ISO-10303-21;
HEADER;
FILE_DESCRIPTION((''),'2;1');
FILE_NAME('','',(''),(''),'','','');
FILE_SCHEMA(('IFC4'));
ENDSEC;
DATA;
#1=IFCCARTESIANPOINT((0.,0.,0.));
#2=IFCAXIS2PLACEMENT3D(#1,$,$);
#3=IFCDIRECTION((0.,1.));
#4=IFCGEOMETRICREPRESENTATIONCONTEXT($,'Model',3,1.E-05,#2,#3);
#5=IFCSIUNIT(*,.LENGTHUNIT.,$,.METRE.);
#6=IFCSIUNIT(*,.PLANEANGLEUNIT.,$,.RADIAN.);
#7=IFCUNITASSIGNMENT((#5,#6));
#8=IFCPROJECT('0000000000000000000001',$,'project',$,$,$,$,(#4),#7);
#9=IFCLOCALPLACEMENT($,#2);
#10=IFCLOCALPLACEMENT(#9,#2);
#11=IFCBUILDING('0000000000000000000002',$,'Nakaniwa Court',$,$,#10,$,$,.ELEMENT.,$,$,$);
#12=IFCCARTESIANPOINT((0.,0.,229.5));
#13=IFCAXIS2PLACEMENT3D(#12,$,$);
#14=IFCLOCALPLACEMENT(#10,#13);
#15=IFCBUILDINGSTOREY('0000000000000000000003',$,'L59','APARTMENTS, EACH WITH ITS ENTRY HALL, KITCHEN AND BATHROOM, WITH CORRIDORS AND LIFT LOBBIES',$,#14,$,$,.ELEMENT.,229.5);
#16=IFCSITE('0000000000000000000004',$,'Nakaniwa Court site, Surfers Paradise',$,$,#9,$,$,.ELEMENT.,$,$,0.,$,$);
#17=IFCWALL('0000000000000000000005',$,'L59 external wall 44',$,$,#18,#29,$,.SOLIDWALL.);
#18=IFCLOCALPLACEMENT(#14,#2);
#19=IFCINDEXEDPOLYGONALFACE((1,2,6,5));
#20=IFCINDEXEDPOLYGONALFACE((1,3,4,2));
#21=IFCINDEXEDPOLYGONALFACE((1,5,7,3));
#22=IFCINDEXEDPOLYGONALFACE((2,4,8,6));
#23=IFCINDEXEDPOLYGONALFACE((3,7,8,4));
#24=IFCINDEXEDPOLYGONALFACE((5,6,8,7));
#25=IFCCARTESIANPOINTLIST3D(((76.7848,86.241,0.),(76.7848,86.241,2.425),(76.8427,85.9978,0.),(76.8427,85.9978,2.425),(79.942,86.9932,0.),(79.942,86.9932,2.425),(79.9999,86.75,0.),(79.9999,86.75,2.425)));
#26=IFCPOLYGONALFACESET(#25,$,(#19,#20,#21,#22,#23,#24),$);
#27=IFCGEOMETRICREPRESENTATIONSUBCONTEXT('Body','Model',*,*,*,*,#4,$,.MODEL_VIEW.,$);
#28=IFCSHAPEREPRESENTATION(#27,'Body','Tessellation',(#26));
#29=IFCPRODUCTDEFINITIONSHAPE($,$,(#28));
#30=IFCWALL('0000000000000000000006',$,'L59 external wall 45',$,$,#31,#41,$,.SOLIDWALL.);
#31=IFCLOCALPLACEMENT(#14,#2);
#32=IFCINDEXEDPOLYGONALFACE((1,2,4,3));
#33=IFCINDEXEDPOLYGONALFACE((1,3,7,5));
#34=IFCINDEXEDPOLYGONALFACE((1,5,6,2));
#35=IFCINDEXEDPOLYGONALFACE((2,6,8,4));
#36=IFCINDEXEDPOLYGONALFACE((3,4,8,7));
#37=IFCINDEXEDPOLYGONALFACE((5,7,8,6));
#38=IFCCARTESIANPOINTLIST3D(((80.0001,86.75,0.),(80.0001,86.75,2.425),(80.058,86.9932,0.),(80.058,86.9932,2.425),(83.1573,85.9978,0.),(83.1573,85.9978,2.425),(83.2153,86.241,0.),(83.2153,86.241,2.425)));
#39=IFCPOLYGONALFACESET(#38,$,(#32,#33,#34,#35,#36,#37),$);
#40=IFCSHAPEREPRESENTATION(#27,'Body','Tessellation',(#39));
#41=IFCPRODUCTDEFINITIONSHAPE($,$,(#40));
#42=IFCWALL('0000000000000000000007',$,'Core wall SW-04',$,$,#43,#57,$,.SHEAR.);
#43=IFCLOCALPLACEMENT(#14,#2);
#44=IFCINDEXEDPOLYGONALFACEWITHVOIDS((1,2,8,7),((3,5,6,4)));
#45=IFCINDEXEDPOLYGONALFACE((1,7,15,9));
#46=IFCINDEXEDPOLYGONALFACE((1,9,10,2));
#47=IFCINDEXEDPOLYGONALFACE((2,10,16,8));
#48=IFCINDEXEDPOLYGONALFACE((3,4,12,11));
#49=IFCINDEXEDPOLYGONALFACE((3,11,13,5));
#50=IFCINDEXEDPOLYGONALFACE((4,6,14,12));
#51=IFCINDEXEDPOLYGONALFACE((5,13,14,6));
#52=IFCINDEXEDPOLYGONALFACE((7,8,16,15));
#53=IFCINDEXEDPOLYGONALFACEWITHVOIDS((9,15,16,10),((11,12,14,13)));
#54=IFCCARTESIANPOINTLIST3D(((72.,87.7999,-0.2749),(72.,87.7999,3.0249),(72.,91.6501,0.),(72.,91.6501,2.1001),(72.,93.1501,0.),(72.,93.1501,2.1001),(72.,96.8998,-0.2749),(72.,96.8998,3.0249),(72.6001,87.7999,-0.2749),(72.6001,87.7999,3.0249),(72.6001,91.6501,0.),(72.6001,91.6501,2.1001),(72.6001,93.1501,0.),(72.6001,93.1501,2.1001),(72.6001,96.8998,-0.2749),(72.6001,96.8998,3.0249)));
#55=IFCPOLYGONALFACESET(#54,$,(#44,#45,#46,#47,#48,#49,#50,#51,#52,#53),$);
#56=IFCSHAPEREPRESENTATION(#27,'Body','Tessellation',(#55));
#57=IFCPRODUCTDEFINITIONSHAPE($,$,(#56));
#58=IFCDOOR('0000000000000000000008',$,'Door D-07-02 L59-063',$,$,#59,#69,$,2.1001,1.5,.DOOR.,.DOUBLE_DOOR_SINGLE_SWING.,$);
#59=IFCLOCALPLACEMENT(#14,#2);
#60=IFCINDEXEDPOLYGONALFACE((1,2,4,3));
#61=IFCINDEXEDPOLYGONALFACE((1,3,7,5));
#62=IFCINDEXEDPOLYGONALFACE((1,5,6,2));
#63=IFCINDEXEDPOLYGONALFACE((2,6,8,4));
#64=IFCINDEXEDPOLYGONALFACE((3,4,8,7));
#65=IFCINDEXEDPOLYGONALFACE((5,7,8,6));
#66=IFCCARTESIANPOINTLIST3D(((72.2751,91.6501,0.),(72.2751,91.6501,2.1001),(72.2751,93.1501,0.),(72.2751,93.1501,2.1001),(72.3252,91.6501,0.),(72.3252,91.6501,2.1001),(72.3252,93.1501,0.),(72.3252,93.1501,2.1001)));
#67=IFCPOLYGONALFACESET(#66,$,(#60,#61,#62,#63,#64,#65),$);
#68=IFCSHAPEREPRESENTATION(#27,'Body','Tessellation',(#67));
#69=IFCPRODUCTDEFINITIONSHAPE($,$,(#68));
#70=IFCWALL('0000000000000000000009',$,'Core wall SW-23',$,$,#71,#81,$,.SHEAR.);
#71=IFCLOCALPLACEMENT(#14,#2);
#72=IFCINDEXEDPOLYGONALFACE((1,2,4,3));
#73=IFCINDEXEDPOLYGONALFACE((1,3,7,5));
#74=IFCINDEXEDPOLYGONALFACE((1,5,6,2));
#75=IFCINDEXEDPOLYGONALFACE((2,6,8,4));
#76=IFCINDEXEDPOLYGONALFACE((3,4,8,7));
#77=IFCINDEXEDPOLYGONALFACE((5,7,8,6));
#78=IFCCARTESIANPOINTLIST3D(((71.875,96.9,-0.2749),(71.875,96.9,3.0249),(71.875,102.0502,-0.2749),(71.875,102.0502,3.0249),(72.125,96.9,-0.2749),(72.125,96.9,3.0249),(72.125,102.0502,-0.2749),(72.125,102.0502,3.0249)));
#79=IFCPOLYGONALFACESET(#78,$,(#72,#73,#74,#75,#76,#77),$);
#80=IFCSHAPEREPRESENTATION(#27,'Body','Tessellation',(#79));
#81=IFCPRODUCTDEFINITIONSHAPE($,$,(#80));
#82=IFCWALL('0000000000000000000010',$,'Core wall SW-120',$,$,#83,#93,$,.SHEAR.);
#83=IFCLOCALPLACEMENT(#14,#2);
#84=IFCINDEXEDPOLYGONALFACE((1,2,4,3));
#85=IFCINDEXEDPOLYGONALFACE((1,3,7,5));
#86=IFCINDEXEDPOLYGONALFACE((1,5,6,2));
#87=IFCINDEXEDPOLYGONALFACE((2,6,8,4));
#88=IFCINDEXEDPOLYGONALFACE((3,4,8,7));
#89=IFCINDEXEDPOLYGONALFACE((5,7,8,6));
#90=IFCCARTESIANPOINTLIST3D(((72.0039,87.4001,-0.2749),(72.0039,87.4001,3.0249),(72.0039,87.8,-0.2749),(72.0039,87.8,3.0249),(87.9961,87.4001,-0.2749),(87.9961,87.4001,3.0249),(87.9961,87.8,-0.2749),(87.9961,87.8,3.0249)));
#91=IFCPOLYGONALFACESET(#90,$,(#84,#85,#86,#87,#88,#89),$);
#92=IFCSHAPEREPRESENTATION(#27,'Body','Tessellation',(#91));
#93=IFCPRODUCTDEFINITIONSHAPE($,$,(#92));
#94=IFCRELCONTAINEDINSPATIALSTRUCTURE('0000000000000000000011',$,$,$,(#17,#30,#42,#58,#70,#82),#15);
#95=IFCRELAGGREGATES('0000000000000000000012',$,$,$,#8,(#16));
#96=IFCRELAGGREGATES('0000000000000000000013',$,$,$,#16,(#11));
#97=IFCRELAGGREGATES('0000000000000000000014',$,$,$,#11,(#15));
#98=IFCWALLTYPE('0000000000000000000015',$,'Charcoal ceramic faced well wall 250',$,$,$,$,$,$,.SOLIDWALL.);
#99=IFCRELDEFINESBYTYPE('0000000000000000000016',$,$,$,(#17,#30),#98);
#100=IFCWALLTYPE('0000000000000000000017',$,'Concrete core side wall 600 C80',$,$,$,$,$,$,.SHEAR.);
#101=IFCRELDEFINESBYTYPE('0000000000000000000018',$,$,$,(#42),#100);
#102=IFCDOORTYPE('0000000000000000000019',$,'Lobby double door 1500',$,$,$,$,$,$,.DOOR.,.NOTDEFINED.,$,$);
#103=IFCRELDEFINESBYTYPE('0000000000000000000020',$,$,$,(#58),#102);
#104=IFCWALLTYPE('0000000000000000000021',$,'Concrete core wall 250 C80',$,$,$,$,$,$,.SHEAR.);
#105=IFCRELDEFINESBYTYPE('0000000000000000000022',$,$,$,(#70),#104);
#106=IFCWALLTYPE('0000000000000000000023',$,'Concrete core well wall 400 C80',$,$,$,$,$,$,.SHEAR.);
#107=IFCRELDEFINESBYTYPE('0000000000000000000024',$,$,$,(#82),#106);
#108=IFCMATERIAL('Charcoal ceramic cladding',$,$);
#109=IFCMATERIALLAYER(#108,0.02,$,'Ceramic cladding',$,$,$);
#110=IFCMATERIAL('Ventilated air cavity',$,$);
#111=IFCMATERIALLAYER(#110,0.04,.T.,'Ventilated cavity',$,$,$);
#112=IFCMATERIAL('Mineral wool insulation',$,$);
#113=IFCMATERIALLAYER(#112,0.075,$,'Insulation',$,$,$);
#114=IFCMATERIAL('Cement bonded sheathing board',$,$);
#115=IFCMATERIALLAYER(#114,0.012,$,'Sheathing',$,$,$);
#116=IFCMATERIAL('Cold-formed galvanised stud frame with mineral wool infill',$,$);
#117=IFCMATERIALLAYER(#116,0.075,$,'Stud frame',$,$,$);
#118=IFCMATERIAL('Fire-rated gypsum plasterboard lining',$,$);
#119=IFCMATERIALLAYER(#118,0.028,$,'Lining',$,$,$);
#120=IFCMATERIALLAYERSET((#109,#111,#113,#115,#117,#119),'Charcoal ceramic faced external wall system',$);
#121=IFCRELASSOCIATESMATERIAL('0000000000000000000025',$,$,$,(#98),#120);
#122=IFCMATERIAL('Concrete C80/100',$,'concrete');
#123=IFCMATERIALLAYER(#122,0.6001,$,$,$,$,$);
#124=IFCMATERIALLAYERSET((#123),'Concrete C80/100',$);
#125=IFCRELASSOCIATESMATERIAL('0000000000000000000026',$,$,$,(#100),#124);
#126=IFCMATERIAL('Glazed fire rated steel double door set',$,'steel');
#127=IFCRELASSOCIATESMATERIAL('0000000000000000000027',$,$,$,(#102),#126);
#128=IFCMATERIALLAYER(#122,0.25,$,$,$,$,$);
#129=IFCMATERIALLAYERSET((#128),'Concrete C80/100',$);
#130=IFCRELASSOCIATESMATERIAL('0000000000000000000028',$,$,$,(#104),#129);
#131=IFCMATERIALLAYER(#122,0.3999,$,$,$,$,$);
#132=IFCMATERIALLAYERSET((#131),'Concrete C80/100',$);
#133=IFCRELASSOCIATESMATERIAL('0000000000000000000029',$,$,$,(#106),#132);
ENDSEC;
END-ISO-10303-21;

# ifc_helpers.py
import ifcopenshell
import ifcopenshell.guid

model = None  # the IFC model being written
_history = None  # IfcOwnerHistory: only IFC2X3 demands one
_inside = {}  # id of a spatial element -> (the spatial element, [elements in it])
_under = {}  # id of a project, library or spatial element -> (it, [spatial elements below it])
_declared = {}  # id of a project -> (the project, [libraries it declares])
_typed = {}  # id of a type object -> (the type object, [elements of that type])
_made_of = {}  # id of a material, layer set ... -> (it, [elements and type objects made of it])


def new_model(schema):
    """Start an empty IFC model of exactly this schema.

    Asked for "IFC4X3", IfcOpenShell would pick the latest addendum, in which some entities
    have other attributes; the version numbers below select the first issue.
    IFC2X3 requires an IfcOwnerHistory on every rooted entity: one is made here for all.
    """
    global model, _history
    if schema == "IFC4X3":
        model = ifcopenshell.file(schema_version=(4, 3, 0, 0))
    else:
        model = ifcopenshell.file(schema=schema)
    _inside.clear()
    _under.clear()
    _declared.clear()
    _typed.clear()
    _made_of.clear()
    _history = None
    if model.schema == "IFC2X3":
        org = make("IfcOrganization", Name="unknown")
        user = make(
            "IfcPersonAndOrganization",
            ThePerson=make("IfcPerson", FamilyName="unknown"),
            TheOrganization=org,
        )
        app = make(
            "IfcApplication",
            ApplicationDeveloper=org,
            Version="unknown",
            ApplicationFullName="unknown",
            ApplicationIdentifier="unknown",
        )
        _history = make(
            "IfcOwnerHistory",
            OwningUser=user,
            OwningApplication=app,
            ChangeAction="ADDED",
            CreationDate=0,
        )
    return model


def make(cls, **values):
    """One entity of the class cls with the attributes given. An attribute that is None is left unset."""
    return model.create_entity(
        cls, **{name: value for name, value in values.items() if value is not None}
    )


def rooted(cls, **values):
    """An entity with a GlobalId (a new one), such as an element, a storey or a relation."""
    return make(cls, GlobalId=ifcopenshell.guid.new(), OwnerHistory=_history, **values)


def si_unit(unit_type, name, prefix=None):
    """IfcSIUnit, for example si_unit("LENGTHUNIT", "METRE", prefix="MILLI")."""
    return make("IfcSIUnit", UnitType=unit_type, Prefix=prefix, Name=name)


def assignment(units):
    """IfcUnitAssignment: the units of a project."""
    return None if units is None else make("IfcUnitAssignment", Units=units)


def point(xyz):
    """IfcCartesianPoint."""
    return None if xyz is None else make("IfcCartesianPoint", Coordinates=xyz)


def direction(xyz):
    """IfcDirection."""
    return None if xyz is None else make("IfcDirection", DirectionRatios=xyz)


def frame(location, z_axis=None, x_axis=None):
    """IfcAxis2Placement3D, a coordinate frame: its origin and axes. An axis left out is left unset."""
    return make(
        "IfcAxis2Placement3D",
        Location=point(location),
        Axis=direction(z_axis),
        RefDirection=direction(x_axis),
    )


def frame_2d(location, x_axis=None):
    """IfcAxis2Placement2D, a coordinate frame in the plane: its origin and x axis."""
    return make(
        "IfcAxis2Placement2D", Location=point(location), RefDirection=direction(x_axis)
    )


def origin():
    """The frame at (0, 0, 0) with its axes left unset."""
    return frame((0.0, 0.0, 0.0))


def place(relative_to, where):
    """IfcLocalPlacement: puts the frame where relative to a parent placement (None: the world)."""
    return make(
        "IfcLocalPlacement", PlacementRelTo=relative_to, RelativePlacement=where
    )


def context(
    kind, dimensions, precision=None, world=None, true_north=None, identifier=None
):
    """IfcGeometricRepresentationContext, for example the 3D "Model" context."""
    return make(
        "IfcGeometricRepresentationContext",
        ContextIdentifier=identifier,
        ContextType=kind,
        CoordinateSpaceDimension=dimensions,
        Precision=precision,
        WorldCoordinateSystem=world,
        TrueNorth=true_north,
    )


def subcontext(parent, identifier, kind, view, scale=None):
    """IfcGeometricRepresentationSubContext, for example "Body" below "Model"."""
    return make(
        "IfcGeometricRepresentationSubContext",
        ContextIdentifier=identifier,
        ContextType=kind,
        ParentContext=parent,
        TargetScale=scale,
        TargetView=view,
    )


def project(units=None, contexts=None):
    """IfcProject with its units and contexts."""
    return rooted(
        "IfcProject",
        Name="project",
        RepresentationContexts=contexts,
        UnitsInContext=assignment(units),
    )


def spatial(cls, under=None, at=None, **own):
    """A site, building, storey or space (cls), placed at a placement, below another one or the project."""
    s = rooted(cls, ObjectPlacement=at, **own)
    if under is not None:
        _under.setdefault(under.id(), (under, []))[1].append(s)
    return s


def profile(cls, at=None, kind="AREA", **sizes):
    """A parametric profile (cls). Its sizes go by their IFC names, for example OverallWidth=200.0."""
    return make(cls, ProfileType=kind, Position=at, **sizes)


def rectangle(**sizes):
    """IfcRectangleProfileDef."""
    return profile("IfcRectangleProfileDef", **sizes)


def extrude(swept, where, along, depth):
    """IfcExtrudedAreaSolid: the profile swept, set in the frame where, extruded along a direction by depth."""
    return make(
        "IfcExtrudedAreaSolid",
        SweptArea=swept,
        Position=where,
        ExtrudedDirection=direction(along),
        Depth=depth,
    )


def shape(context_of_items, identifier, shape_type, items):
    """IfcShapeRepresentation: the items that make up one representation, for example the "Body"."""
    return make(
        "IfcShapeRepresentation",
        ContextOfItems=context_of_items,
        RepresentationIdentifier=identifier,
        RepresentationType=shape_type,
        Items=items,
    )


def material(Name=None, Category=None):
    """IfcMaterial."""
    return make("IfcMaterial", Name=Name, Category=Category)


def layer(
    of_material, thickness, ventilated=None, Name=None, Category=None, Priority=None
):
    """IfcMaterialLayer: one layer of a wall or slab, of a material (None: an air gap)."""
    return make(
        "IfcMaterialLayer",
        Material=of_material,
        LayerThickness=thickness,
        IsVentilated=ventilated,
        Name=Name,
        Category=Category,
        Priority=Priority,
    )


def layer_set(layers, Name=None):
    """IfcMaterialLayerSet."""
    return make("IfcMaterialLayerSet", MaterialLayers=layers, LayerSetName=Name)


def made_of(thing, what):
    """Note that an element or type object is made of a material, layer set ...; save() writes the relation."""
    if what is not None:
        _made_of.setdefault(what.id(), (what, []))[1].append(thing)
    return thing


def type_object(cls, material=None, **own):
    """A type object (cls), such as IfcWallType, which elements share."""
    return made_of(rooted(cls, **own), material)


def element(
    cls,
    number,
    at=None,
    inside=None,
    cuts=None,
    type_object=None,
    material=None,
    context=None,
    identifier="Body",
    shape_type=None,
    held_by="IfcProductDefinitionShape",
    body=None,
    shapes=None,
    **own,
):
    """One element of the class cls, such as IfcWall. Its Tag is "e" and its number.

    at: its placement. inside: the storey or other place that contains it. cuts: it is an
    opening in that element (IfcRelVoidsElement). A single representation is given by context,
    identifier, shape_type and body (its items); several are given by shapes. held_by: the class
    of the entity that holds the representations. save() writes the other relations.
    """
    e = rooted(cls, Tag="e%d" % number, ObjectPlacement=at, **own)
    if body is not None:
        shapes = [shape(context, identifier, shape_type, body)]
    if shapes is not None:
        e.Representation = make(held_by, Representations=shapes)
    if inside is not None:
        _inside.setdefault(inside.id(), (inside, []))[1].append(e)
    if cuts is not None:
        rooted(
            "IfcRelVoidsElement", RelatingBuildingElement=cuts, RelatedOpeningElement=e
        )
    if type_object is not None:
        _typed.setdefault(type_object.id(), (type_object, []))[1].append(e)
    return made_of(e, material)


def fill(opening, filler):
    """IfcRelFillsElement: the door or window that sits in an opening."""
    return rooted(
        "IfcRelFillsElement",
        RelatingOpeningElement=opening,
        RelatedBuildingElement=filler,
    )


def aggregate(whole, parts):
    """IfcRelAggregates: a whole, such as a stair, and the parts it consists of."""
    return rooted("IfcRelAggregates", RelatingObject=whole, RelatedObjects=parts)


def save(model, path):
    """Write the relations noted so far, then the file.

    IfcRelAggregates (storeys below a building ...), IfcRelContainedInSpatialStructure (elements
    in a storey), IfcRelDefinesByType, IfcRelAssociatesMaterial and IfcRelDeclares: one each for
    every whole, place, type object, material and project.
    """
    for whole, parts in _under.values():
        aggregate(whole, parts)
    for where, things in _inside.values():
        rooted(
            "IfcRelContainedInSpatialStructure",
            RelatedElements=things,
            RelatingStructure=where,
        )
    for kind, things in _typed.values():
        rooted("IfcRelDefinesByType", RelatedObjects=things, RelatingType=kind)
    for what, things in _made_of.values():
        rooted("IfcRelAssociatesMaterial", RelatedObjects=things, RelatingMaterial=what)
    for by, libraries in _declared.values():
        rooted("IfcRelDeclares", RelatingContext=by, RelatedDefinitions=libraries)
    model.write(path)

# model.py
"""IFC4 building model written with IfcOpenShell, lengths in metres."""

from ifc_helpers import new_model, si_unit, direction, frame, frame_2d, origin, place, context, subcontext, project, spatial, rectangle, extrude, material, layer, layer_set, type_object, element, fill, save


model = new_model("IFC4")

# Units and contexts
model_context = context("Model", 3, precision=1e-05, world=origin(), true_north=direction((0.0, 1.0)))
body_context = subcontext(model_context, "Body", "Model", "MODEL_VIEW")
ifc_project = project(units=[si_unit("LENGTHUNIT", "METRE"), si_unit("PLANEANGLEUNIT", "RADIAN")], contexts=[model_context])

# Site, building, storey
site_placement = place(None, origin())
site = spatial("IfcSite", under=ifc_project, at=site_placement, Name="Nakaniwa Court site, Surfers Paradise", CompositionType="ELEMENT", RefElevation=0.0)
building_placement = place(site_placement, origin())
building = spatial("IfcBuilding", under=site, at=building_placement, Name="Nakaniwa Court", CompositionType="ELEMENT")
storey_placement = place(building_placement, frame((0.0, 0.0, 229.5)))
storey = spatial("IfcBuildingStorey", under=building, at=storey_placement, Name="L59", Description="APARTMENTS, EACH WITH ITS ENTRY HALL, KITCHEN AND BATHROOM, WITH CORRIDORS AND LIFT LOBBIES", CompositionType="ELEMENT", Elevation=229.5)

# Shared definitions
ifc_material_1 = material(Name="Concrete C80/100", Category="concrete")

# Walls
ifc_material_2 = material(Name="Charcoal ceramic cladding")
ifc_layer_1 = layer(ifc_material_2, 0.02, Name="Ceramic cladding")
ifc_material_3 = material(Name="Ventilated air cavity")
ifc_layer_2 = layer(ifc_material_3, 0.04, ventilated=True, Name="Ventilated cavity")
ifc_material_4 = material(Name="Mineral wool insulation")
ifc_layer_3 = layer(ifc_material_4, 0.075, Name="Insulation")
ifc_material_5 = material(Name="Cement bonded sheathing board")
ifc_layer_4 = layer(ifc_material_5, 0.012, Name="Sheathing")
ifc_material_6 = material(Name="Cold-formed galvanised stud frame with mineral wool infill")
ifc_layer_5 = layer(ifc_material_6, 0.075, Name="Stud frame")
ifc_material_7 = material(Name="Fire-rated gypsum plasterboard lining")
ifc_layer_6 = layer(ifc_material_7, 0.028, Name="Lining")
ifc_layer_set_1 = layer_set([ifc_layer_1, ifc_layer_2, ifc_layer_3, ifc_layer_4, ifc_layer_5, ifc_layer_6], Name="Charcoal ceramic faced external wall system")
wall_type_1 = type_object("IfcWallType", Name="Charcoal ceramic faced well wall 250", PredefinedType="SOLIDWALL", material=ifc_layer_set_1)
for number, where, z_axis, x_axis, name in (
    (1, (76.8137, 86.1194, 0.0), (0.0, 0.0, 1.0), (0.972773, 0.23176, 0.0), "L59 external wall 44"),
    (2, (80.0291, 86.8716, 0.0), (0.0, 0.0, 1.0), (0.972773, -0.23176, 0.0), "L59 external wall 45"),
):
    element("IfcWall", number, at=place(storey_placement, frame(where, z_axis=z_axis, x_axis=x_axis)), inside=storey, type_object=wall_type_1, Name=name, PredefinedType="SOLIDWALL", context=body_context, shape_type="SweptSolid", body=[
        extrude(rectangle(XDim=3.2456, YDim=0.25, at=frame_2d((1.6228, 0.0))), origin(), (0.0, 0.0, 1.0), 2.425),
    ])

# Wall, opening, door
ifc_layer_7 = layer(ifc_material_1, 0.6001)
ifc_layer_set_2 = layer_set([ifc_layer_7], Name="Concrete C80/100")
wall_type_2 = type_object("IfcWallType", Name="Concrete core side wall 600 C80", PredefinedType="SHEAR", material=ifc_layer_set_2)
wall_1_placement = place(storey_placement, frame((72.3, 87.8, -0.2749), z_axis=(0.0, 0.0, 1.0), x_axis=(0.0, 1.0, 0.0)))
wall_1 = element("IfcWall", 3, at=wall_1_placement, inside=storey, type_object=wall_type_2, Name="Core wall SW-04", PredefinedType="SHEAR", context=body_context, shape_type="SweptSolid", body=[
    extrude(rectangle(XDim=9.0999, YDim=0.6001, at=frame_2d((4.5498, 0.0))), origin(), (0.0, 0.0, 1.0), 3.2998),
])
opening_1_placement = place(wall_1_placement, frame((3.8501, 0.0, 0.2749)))
opening_1 = element("IfcOpeningElement", 4, at=opening_1_placement, cuts=wall_1, PredefinedType="OPENING", context=body_context, shape_type="SweptSolid", body=[
    extrude(rectangle(XDim=1.5, YDim=2.1001, at=frame_2d((0.75, 1.05))), frame((0.0, 0.3101, 0.0), z_axis=(0.0, -1.0, 0.0), x_axis=(1.0, 0.0, 0.0)), (0.0, 0.0, 1.0), 0.6201),
])
ifc_material_8 = material(Name="Glazed fire rated steel double door set", Category="steel")
door_type_1 = type_object("IfcDoorType", Name="Lobby double door 1500", OperationType="NOTDEFINED", PredefinedType="DOOR", material=ifc_material_8)
door_1_placement = place(opening_1_placement, origin())
door_1 = element("IfcDoor", 5, at=door_1_placement, inside=storey, type_object=door_type_1, Name="Door D-07-02 L59-063", OperationType="DOUBLE_DOOR_SINGLE_SWING", OverallHeight=2.1001, OverallWidth=1.5, PredefinedType="DOOR", context=body_context, shape_type="SweptSolid", body=[
    extrude(rectangle(XDim=1.5, YDim=2.1001, at=frame_2d((0.75, 1.05))), frame((0.0, 0.0249, 0.0), z_axis=(0.0, -1.0, 0.0), x_axis=(1.0, 0.0, 0.0)), (0.0, 0.0, 1.0), 0.05),
])
fill(opening_1, door_1)

# Walls
ifc_layer_8 = layer(ifc_material_1, 0.25)
ifc_layer_set_3 = layer_set([ifc_layer_8], Name="Concrete C80/100")
wall_type_3 = type_object("IfcWallType", Name="Concrete core wall 250 C80", PredefinedType="SHEAR", material=ifc_layer_set_3)
wall_2_placement = place(storey_placement, frame((72.0, 96.8999, -0.2749), z_axis=(0.0, 0.0, 1.0), x_axis=(0.0, 1.0, 0.0)))
element("IfcWall", 6, at=wall_2_placement, inside=storey, type_object=wall_type_3, Name="Core wall SW-23", PredefinedType="SHEAR", context=body_context, shape_type="SweptSolid", body=[
    extrude(rectangle(XDim=5.1501, YDim=0.25, at=frame_2d((2.5752, 0.0))), origin(), (0.0, 0.0, 1.0), 3.2998),
])
ifc_layer_9 = layer(ifc_material_1, 0.3999)
ifc_layer_set_4 = layer_set([ifc_layer_9], Name="Concrete C80/100")
wall_type_4 = type_object("IfcWallType", Name="Concrete core well wall 400 C80", PredefinedType="SHEAR", material=ifc_layer_set_4)
wall_3_placement = place(storey_placement, frame((72.0039, 87.6001, -0.2749), z_axis=(0.0, 0.0, 1.0), x_axis=(1.0, 0.0, 0.0)))
element("IfcWall", 7, at=wall_3_placement, inside=storey, type_object=wall_type_4, Name="Core wall SW-120", PredefinedType="SHEAR", context=body_context, shape_type="SweptSolid", body=[
    extrude(rectangle(XDim=15.9922, YDim=0.3999, at=frame_2d((7.9961, 0.0))), origin(), (0.0, 0.0, 1.0), 3.2998),
])

save(model, "model.ifc")
